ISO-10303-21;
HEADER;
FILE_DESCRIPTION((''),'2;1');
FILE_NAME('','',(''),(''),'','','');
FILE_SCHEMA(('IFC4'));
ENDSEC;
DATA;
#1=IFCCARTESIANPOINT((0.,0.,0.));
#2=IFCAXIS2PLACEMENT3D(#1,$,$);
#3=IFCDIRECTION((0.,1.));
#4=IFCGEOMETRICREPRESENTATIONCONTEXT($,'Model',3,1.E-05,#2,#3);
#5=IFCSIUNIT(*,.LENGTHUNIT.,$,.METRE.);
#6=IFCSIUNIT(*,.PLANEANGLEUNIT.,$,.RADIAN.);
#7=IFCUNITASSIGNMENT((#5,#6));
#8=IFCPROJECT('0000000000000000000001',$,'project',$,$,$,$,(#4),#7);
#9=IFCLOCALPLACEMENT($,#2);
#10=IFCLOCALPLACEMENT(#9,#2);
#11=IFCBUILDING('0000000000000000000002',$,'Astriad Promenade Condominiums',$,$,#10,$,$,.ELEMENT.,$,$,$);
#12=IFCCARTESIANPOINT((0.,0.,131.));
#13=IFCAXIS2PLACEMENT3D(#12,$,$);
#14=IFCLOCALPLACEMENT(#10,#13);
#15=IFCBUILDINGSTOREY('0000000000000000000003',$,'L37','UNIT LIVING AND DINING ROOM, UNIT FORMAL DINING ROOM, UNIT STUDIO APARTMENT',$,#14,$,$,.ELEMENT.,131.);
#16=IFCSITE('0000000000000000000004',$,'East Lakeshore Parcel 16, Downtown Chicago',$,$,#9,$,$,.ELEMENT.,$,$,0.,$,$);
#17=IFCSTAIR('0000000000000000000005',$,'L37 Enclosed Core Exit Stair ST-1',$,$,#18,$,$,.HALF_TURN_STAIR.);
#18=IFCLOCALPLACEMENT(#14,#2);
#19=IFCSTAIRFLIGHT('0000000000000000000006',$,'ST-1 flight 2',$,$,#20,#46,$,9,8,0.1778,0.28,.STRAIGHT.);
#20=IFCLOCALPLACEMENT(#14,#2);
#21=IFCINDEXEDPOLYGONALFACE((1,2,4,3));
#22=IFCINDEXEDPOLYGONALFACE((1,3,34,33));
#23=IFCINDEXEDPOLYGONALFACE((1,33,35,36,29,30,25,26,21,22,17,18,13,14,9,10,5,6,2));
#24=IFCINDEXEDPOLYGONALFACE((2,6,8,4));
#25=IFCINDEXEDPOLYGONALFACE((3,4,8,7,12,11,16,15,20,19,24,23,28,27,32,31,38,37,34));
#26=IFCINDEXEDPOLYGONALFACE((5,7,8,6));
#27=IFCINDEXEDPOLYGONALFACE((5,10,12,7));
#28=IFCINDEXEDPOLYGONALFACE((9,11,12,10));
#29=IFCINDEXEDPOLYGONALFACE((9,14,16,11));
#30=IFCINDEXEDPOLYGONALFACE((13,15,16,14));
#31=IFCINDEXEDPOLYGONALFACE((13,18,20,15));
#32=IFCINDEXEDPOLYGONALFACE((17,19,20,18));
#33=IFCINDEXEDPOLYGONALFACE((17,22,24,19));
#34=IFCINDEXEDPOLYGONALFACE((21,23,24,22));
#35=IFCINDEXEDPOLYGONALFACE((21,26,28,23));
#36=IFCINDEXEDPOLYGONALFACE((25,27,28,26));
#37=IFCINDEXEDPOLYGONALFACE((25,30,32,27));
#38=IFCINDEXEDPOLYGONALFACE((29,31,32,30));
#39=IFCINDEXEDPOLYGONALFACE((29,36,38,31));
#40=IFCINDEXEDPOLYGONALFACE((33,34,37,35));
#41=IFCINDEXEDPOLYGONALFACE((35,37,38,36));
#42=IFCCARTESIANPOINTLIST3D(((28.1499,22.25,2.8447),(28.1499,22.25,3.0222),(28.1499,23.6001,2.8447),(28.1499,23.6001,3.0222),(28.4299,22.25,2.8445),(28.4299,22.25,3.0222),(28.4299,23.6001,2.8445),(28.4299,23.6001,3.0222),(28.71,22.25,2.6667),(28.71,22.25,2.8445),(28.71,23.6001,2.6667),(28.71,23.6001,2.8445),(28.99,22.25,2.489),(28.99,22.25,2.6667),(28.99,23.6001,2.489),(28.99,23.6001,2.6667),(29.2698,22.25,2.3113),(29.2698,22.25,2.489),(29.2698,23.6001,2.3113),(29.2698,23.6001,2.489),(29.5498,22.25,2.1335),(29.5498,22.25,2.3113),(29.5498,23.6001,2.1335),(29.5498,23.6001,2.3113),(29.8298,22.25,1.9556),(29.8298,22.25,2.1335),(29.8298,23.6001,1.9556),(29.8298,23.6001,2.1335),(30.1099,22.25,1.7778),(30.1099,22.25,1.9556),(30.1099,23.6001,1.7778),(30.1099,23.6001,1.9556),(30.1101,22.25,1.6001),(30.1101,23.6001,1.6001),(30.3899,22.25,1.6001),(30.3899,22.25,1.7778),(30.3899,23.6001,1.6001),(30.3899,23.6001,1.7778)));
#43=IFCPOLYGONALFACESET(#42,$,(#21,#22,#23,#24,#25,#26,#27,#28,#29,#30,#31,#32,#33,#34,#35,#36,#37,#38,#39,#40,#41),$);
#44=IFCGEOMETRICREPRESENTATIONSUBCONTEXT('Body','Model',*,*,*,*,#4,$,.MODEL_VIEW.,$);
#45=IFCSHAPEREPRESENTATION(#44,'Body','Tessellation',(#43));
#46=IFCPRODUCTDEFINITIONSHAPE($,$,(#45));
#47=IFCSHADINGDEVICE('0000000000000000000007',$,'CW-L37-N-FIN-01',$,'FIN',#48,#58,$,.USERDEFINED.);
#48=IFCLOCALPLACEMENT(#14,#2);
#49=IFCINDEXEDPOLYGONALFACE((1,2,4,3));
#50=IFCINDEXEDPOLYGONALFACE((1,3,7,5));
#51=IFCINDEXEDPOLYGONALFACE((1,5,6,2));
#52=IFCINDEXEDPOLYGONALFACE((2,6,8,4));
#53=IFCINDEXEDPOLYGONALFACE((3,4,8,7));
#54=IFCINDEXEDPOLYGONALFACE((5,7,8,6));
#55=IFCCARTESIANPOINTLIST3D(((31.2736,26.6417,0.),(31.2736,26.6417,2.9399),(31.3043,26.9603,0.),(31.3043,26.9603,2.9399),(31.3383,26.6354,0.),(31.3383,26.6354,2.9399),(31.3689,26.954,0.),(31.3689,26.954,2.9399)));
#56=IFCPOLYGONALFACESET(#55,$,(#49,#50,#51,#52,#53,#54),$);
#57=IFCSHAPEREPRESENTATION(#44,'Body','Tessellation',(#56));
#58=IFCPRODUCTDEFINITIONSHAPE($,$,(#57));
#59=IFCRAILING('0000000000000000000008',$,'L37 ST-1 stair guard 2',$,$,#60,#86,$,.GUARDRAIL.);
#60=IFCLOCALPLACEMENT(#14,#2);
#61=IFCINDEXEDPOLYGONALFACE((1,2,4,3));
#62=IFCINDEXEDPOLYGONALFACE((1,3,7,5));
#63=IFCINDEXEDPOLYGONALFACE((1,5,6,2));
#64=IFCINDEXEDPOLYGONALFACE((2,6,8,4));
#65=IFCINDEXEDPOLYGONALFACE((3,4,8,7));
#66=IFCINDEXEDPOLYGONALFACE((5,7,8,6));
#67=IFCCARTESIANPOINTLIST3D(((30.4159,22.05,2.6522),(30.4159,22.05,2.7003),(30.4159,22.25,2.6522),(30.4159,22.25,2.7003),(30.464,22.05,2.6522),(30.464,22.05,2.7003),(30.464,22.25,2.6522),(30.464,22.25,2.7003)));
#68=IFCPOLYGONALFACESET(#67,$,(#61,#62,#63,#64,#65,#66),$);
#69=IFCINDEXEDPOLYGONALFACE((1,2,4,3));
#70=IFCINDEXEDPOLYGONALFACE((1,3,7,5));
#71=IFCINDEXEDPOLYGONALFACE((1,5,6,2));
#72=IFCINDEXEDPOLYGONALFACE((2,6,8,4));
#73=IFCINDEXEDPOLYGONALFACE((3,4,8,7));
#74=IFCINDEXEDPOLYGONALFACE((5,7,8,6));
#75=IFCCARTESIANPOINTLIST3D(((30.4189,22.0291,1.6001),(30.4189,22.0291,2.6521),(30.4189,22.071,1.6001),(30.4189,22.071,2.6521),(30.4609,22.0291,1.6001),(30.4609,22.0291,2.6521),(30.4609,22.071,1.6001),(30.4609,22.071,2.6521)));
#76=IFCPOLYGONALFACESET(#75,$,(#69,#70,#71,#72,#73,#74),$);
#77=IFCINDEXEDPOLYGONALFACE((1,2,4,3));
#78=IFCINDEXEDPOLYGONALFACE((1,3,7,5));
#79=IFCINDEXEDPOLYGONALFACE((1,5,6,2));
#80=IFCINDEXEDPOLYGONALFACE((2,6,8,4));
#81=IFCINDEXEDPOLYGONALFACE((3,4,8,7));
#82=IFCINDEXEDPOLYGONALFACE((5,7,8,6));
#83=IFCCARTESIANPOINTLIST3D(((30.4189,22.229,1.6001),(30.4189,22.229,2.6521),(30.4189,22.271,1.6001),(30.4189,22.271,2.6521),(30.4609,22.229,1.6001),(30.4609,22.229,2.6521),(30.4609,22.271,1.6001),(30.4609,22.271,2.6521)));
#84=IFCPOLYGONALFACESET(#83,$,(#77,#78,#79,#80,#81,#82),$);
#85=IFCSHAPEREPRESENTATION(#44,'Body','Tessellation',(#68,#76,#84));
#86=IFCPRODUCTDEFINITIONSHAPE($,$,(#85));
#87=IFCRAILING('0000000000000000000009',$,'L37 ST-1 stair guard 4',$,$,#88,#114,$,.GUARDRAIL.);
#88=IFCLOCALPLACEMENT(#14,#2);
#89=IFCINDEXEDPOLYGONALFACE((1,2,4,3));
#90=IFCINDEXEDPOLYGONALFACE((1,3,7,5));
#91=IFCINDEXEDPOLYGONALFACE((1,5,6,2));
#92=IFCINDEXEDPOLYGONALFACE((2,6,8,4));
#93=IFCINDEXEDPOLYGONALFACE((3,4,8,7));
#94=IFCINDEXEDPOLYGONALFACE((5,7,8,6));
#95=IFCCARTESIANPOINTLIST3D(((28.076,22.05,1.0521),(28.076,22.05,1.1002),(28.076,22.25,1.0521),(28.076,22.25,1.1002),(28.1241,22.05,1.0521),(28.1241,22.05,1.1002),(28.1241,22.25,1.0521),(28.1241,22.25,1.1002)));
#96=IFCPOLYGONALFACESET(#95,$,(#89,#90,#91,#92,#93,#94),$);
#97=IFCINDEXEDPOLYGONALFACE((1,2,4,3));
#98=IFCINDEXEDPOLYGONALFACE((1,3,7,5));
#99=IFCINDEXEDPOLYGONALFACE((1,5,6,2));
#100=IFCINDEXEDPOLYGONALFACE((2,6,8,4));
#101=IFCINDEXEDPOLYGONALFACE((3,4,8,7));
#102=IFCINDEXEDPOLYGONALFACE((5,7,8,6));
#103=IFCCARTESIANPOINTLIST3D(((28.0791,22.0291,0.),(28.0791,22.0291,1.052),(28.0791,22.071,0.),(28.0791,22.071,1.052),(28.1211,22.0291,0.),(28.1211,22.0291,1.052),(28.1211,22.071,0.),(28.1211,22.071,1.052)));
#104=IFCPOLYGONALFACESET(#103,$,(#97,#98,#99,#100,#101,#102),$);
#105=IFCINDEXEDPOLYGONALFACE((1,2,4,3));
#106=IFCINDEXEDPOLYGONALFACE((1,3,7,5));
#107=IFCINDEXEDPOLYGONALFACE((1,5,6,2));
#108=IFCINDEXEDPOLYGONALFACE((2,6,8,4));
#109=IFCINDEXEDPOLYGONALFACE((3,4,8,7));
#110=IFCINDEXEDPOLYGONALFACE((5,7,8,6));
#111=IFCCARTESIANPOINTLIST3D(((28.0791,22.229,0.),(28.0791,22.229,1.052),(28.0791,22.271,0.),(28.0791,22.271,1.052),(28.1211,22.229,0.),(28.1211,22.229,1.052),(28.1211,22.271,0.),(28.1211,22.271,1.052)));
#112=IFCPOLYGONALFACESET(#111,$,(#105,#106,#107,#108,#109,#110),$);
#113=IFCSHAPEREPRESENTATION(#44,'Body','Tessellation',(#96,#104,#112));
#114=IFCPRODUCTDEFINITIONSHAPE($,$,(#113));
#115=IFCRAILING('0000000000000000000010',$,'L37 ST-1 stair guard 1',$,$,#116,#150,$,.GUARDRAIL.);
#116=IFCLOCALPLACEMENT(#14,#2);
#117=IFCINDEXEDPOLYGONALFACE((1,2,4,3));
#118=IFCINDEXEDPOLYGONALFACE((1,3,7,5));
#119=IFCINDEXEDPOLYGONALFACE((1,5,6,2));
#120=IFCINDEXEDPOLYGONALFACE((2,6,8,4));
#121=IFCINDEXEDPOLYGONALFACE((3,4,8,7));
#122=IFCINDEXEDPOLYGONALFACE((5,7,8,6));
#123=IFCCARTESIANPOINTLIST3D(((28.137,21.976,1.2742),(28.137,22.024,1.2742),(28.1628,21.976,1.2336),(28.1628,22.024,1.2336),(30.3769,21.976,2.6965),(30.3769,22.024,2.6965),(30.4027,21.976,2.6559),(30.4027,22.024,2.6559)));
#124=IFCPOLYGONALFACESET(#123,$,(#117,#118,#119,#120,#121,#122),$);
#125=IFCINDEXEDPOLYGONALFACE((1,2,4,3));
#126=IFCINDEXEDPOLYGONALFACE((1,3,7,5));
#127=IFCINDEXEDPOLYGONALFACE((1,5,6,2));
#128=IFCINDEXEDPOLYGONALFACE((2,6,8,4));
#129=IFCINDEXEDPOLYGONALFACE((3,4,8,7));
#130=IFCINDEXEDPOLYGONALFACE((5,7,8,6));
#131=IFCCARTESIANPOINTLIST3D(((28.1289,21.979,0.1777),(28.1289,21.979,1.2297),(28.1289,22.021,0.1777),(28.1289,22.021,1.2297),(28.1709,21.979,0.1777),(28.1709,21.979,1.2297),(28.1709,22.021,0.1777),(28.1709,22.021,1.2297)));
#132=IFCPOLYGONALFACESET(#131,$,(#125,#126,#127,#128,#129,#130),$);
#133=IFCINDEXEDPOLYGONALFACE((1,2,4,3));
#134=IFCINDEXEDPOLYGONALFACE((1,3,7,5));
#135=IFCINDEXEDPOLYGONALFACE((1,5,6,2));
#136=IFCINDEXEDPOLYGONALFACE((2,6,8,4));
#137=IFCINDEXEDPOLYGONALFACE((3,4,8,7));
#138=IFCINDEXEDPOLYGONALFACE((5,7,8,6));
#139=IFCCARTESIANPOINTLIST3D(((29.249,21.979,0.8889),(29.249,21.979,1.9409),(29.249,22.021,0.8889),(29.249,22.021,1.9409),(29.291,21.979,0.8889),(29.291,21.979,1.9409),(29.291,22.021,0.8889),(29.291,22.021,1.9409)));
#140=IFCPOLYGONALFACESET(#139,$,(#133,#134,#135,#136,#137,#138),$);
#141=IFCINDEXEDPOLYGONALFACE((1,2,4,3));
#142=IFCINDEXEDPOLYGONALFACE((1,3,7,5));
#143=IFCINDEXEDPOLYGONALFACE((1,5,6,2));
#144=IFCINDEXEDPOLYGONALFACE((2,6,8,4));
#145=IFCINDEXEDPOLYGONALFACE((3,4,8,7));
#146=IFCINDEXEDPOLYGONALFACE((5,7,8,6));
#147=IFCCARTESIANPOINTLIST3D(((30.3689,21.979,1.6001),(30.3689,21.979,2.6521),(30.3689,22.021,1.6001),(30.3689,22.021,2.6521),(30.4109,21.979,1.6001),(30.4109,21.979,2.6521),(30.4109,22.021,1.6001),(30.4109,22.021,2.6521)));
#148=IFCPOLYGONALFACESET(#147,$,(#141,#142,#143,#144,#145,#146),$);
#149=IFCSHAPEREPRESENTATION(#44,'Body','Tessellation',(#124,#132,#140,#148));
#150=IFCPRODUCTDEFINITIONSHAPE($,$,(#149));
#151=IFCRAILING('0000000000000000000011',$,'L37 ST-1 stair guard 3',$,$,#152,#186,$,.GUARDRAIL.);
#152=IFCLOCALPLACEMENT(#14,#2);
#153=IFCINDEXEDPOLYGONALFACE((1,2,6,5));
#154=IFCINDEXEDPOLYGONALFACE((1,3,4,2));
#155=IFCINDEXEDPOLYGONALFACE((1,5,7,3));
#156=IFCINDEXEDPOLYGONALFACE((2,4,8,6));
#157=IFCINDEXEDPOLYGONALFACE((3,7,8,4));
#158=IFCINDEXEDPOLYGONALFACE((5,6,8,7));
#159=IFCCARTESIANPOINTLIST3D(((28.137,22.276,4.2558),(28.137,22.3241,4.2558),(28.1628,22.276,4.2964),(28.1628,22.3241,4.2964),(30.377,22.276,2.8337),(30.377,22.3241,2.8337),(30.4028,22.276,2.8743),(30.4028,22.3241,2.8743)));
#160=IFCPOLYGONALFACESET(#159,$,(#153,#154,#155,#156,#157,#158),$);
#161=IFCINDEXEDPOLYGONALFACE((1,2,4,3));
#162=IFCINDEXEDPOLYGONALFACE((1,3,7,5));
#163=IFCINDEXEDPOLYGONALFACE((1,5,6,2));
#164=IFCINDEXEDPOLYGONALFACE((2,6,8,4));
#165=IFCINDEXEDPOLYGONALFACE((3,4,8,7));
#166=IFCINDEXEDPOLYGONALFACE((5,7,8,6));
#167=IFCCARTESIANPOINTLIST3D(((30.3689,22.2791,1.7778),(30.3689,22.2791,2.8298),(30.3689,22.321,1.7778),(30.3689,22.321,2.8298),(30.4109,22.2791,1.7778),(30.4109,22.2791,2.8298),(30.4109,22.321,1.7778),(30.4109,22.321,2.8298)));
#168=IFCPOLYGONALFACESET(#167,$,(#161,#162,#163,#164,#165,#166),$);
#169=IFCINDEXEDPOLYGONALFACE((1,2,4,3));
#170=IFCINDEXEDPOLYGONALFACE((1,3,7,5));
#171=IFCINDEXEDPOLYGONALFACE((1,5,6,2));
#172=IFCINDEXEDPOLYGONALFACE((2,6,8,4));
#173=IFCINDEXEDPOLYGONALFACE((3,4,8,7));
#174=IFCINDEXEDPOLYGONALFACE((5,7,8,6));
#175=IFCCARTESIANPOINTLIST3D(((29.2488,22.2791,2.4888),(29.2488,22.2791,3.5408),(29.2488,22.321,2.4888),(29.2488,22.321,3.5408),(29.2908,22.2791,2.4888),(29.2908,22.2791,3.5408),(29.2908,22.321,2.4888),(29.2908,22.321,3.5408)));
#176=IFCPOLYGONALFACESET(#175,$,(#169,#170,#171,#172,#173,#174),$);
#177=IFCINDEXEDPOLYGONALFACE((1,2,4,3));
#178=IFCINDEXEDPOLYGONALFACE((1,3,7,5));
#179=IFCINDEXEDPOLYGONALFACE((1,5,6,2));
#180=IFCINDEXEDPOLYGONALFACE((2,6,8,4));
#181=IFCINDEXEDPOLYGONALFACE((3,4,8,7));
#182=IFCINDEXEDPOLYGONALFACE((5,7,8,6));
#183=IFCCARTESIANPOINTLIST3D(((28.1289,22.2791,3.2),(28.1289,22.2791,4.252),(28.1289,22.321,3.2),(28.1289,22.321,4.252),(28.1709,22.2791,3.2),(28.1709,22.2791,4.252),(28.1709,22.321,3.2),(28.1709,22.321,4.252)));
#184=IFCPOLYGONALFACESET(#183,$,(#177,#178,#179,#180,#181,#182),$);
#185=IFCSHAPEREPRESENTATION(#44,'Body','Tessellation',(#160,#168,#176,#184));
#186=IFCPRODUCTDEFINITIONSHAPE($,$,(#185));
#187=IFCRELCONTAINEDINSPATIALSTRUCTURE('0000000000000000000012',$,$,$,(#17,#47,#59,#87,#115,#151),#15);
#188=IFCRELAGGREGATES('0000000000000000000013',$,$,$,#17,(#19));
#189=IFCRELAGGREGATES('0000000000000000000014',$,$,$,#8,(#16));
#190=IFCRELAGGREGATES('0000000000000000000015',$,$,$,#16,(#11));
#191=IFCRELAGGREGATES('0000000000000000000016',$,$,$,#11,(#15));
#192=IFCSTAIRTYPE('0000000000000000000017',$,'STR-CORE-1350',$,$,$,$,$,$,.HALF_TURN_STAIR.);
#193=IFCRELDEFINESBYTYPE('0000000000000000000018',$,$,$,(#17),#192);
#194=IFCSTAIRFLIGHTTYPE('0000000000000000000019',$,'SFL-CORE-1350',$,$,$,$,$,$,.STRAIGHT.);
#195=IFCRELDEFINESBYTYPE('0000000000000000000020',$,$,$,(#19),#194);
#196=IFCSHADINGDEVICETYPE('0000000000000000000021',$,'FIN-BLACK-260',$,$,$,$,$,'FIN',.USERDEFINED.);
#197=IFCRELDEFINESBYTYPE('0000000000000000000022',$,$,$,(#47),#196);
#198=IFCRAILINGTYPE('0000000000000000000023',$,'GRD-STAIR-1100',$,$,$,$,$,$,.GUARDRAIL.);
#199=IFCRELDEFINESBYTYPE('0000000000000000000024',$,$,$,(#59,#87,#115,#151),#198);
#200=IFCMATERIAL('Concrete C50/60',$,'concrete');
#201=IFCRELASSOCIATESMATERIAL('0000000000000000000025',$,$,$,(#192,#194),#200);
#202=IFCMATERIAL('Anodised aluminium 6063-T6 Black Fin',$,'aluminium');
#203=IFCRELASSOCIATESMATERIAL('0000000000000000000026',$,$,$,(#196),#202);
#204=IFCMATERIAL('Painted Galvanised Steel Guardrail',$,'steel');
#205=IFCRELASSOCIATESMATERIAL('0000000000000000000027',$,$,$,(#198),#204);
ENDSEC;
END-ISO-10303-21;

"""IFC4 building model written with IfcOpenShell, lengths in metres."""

from ifc_helpers import new_model, si_unit, direction, frame, origin, origin_2d, place, context, subcontext, project, spatial, polyline, rectangle, outline, extrude, source, transform, mapped, material, type_object, type_shapes, element, aggregate, save


model = new_model("IFC4")

# Units and contexts
model_context = context("Model", 3, precision=1e-05, world=origin(), true_north=direction((0.0, 1.0)))
body_context = subcontext(model_context, "Body", "Model", "MODEL_VIEW")
ifc_project = project(units=[si_unit("LENGTHUNIT", "METRE"), si_unit("PLANEANGLEUNIT", "RADIAN")], contexts=[model_context])

# Site, building, storey
site_placement = place(None, origin())
site = spatial("IfcSite", under=ifc_project, at=site_placement, Name="East Lakeshore Parcel 16, Downtown Chicago", CompositionType="ELEMENT", RefElevation=0.0)
building_placement = place(site_placement, origin())
building = spatial("IfcBuilding", under=site, at=building_placement, Name="Astriad Promenade Condominiums", CompositionType="ELEMENT")
storey_placement = place(building_placement, frame((0.0, 0.0, 131.0)))
storey = spatial("IfcBuildingStorey", under=building, at=storey_placement, Name="L37", Description="UNIT LIVING AND DINING ROOM, UNIT FORMAL DINING ROOM, UNIT STUDIO APARTMENT", CompositionType="ELEMENT", Elevation=131.0)

# Shared definitions
ifc_material_1 = material(Name="Concrete C50/60", Category="concrete")

# Stair, stair flight
stair_type = type_object("IfcStairType", Name="STR-CORE-1350", PredefinedType="HALF_TURN_STAIR", material=ifc_material_1)
stair_placement = place(storey_placement, origin())
stair = element("IfcStair", 1, at=stair_placement, inside=storey, type_object=stair_type, Name="L37 Enclosed Core Exit Stair ST-1", PredefinedType="HALF_TURN_STAIR")
stair_flight_type = type_object("IfcStairFlightType", Name="SFL-CORE-1350", PredefinedType="STRAIGHT", material=ifc_material_1)
shared_shape_1 = source(origin(), body_context, "Body", "SweptSolid", [
    extrude(outline(polyline([(0.0, 0.0), (0.0, 0.1777), (0.28, 0.1777), (0.28, 0.3555), (0.5601, 0.3555), (0.5601, 0.5334), (0.8401, 0.5334), (0.8401, 0.7112), (1.1201, 0.7112), (1.1201, 0.8889), (1.3999, 0.8889), (1.3999, 1.0667), (1.6799, 1.0667), (1.6799, 1.2444), (1.96, 1.2444), (1.96, 1.4221), (2.24, 1.4221), (2.24, 1.6001), (2.24, 1.2446), (0.2798, 0.0), (0.0, 0.0)])), frame((0.0, 0.675, 0.0), z_axis=(0.0, -1.0, 0.0), x_axis=(1.0, 0.0, 0.0)), (0.0, 0.0, 1.0), 1.3501),
])
type_shapes(stair_flight_type, [shared_shape_1])
stair_flight_1_placement = place(storey_placement, frame((30.3899, 22.925, 1.6001), z_axis=(0.0, 0.0, 1.0), x_axis=(-1.0, 0.0, 0.0)))
stair_flight_1 = element("IfcStairFlight", 2, at=stair_flight_1_placement, type_object=stair_flight_type, Name="ST-1 flight 2", NumberOfRisers=9, NumberOfTreads=8, PredefinedType="STRAIGHT", RiserHeight=0.1778, TreadLength=0.28, context=body_context, shape_type="MappedRepresentation", body=[
    mapped(shared_shape_1, transform((0.0, 0.0, 0.0), scale=1.0)),
])
aggregate(stair, [stair_flight_1])

# Shading device
ifc_material_2 = material(Name="Anodised aluminium 6063-T6 Black Fin", Category="aluminium")
shading_device_type = type_object("IfcShadingDeviceType", Name="FIN-BLACK-260", ElementType="FIN", PredefinedType="USERDEFINED", material=ifc_material_2)
shared_shape_2 = source(origin(), body_context, "Body", "SweptSolid", [
    extrude(rectangle(XDim=0.0649, YDim=0.3201, at=origin_2d()), origin(), (0.0, 0.0, 1.0), 2.9399),
])
type_shapes(shading_device_type, [shared_shape_2])
shading_device_placement = place(storey_placement, frame((31.3213, 26.7979, 0.0), z_axis=(0.0, 0.0, 1.0), x_axis=(0.995396, -0.095846, 0.0)))
element("IfcShadingDevice", 3, at=shading_device_placement, inside=storey, type_object=shading_device_type, Name="CW-L37-N-FIN-01", ObjectType="FIN", PredefinedType="USERDEFINED", context=body_context, shape_type="MappedRepresentation", body=[
    mapped(shared_shape_2, transform((0.0, 0.0, 0.0), scale=1.0)),
])

# Railings
ifc_material_3 = material(Name="Painted Galvanised Steel Guardrail", Category="steel")
railing_type_1 = type_object("IfcRailingType", Name="GRD-STAIR-1100", PredefinedType="GUARDRAIL", material=ifc_material_3)
shared_shape_3 = source(origin(), body_context, "Body", "SweptSolid", [
    extrude(rectangle(XDim=0.0481, YDim=0.0481, at=origin_2d()), frame((0.0, 0.0, 1.0762), z_axis=(0.0, 1.0, 0.0), x_axis=(-1.0, 0.0, 0.0)), (0.0, 0.0, 1.0), 0.2),
    extrude(rectangle(XDim=0.042, YDim=0.042, at=origin_2d()), origin(), (0.0, 0.0, 1.0), 1.052),
    extrude(rectangle(XDim=0.042, YDim=0.042, at=origin_2d()), frame((0.0, 0.2, 0.0)), (0.0, 0.0, 1.0), 1.052),
])
for number, where, name in (
    (4, (30.4399, 22.05, 1.6001), "L37 ST-1 stair guard 2"),
    (5, (28.1001, 22.05, 0.0), "L37 ST-1 stair guard 4"),
):
    element("IfcRailing", number, at=place(storey_placement, frame(where)), inside=storey, type_object=railing_type_1, Name=name, PredefinedType="GUARDRAIL", context=body_context, shape_type="MappedRepresentation", body=[
        mapped(shared_shape_3, transform((0.0, 0.0, 0.0), scale=1.0)),
    ])
shared_shape_4 = source(origin(), body_context, "Body", "SweptSolid", [
    extrude(rectangle(XDim=0.0481, YDim=0.0481, at=origin_2d()), frame((0.0, 0.0, 1.0762), z_axis=(0.844188, 0.0, 0.536048), x_axis=(0.0, 1.0, 0.0)), (0.0, 0.0, 1.0), 2.6533),
    extrude(rectangle(XDim=0.042, YDim=0.042, at=origin_2d()), origin(), (0.0, 0.0, 1.0), 1.052),
    extrude(rectangle(XDim=0.042, YDim=0.042, at=origin_2d()), frame((1.1201, 0.0, 0.7112)), (0.0, 0.0, 1.0), 1.052),
    extrude(rectangle(XDim=0.042, YDim=0.042, at=origin_2d()), frame((2.24, 0.0, 1.4224)), (0.0, 0.0, 1.0), 1.052),
])
railing_1_placement = place(storey_placement, frame((28.1499, 22.0, 0.1777)))
element("IfcRailing", 6, at=railing_1_placement, inside=storey, type_object=railing_type_1, Name="L37 ST-1 stair guard 1", PredefinedType="GUARDRAIL", context=body_context, shape_type="MappedRepresentation", body=[
    mapped(shared_shape_4, transform((0.0, 0.0, 0.0), scale=1.0)),
])
shared_shape_5 = source(origin(), body_context, "Body", "SweptSolid", [
    extrude(rectangle(XDim=0.0481, YDim=0.0481, at=origin_2d()), frame((0.0, 0.0, 1.0762), z_axis=(-0.844229, 0.0, 0.535982), x_axis=(0.0, -1.0, 0.0)), (0.0, 0.0, 1.0), 2.6533),
    extrude(rectangle(XDim=0.042, YDim=0.042, at=origin_2d()), origin(), (0.0, 0.0, 1.0), 1.052),
    extrude(rectangle(XDim=0.042, YDim=0.042, at=origin_2d()), frame((-1.1201, 0.0, 0.7109)), (0.0, 0.0, 1.0), 1.052),
    extrude(rectangle(XDim=0.042, YDim=0.042, at=origin_2d()), frame((-2.24, 0.0, 1.4221)), (0.0, 0.0, 1.0), 1.052),
])
type_shapes(railing_type_1, [shared_shape_3, shared_shape_4, shared_shape_5])
railing_2_placement = place(storey_placement, frame((30.3899, 22.3, 1.7778)))
element("IfcRailing", 7, at=railing_2_placement, inside=storey, type_object=railing_type_1, Name="L37 ST-1 stair guard 3", PredefinedType="GUARDRAIL", context=body_context, shape_type="MappedRepresentation", body=[
    mapped(shared_shape_5, transform((0.0, 0.0, 0.0), scale=1.0)),
])

save(model, "model.ifc")
